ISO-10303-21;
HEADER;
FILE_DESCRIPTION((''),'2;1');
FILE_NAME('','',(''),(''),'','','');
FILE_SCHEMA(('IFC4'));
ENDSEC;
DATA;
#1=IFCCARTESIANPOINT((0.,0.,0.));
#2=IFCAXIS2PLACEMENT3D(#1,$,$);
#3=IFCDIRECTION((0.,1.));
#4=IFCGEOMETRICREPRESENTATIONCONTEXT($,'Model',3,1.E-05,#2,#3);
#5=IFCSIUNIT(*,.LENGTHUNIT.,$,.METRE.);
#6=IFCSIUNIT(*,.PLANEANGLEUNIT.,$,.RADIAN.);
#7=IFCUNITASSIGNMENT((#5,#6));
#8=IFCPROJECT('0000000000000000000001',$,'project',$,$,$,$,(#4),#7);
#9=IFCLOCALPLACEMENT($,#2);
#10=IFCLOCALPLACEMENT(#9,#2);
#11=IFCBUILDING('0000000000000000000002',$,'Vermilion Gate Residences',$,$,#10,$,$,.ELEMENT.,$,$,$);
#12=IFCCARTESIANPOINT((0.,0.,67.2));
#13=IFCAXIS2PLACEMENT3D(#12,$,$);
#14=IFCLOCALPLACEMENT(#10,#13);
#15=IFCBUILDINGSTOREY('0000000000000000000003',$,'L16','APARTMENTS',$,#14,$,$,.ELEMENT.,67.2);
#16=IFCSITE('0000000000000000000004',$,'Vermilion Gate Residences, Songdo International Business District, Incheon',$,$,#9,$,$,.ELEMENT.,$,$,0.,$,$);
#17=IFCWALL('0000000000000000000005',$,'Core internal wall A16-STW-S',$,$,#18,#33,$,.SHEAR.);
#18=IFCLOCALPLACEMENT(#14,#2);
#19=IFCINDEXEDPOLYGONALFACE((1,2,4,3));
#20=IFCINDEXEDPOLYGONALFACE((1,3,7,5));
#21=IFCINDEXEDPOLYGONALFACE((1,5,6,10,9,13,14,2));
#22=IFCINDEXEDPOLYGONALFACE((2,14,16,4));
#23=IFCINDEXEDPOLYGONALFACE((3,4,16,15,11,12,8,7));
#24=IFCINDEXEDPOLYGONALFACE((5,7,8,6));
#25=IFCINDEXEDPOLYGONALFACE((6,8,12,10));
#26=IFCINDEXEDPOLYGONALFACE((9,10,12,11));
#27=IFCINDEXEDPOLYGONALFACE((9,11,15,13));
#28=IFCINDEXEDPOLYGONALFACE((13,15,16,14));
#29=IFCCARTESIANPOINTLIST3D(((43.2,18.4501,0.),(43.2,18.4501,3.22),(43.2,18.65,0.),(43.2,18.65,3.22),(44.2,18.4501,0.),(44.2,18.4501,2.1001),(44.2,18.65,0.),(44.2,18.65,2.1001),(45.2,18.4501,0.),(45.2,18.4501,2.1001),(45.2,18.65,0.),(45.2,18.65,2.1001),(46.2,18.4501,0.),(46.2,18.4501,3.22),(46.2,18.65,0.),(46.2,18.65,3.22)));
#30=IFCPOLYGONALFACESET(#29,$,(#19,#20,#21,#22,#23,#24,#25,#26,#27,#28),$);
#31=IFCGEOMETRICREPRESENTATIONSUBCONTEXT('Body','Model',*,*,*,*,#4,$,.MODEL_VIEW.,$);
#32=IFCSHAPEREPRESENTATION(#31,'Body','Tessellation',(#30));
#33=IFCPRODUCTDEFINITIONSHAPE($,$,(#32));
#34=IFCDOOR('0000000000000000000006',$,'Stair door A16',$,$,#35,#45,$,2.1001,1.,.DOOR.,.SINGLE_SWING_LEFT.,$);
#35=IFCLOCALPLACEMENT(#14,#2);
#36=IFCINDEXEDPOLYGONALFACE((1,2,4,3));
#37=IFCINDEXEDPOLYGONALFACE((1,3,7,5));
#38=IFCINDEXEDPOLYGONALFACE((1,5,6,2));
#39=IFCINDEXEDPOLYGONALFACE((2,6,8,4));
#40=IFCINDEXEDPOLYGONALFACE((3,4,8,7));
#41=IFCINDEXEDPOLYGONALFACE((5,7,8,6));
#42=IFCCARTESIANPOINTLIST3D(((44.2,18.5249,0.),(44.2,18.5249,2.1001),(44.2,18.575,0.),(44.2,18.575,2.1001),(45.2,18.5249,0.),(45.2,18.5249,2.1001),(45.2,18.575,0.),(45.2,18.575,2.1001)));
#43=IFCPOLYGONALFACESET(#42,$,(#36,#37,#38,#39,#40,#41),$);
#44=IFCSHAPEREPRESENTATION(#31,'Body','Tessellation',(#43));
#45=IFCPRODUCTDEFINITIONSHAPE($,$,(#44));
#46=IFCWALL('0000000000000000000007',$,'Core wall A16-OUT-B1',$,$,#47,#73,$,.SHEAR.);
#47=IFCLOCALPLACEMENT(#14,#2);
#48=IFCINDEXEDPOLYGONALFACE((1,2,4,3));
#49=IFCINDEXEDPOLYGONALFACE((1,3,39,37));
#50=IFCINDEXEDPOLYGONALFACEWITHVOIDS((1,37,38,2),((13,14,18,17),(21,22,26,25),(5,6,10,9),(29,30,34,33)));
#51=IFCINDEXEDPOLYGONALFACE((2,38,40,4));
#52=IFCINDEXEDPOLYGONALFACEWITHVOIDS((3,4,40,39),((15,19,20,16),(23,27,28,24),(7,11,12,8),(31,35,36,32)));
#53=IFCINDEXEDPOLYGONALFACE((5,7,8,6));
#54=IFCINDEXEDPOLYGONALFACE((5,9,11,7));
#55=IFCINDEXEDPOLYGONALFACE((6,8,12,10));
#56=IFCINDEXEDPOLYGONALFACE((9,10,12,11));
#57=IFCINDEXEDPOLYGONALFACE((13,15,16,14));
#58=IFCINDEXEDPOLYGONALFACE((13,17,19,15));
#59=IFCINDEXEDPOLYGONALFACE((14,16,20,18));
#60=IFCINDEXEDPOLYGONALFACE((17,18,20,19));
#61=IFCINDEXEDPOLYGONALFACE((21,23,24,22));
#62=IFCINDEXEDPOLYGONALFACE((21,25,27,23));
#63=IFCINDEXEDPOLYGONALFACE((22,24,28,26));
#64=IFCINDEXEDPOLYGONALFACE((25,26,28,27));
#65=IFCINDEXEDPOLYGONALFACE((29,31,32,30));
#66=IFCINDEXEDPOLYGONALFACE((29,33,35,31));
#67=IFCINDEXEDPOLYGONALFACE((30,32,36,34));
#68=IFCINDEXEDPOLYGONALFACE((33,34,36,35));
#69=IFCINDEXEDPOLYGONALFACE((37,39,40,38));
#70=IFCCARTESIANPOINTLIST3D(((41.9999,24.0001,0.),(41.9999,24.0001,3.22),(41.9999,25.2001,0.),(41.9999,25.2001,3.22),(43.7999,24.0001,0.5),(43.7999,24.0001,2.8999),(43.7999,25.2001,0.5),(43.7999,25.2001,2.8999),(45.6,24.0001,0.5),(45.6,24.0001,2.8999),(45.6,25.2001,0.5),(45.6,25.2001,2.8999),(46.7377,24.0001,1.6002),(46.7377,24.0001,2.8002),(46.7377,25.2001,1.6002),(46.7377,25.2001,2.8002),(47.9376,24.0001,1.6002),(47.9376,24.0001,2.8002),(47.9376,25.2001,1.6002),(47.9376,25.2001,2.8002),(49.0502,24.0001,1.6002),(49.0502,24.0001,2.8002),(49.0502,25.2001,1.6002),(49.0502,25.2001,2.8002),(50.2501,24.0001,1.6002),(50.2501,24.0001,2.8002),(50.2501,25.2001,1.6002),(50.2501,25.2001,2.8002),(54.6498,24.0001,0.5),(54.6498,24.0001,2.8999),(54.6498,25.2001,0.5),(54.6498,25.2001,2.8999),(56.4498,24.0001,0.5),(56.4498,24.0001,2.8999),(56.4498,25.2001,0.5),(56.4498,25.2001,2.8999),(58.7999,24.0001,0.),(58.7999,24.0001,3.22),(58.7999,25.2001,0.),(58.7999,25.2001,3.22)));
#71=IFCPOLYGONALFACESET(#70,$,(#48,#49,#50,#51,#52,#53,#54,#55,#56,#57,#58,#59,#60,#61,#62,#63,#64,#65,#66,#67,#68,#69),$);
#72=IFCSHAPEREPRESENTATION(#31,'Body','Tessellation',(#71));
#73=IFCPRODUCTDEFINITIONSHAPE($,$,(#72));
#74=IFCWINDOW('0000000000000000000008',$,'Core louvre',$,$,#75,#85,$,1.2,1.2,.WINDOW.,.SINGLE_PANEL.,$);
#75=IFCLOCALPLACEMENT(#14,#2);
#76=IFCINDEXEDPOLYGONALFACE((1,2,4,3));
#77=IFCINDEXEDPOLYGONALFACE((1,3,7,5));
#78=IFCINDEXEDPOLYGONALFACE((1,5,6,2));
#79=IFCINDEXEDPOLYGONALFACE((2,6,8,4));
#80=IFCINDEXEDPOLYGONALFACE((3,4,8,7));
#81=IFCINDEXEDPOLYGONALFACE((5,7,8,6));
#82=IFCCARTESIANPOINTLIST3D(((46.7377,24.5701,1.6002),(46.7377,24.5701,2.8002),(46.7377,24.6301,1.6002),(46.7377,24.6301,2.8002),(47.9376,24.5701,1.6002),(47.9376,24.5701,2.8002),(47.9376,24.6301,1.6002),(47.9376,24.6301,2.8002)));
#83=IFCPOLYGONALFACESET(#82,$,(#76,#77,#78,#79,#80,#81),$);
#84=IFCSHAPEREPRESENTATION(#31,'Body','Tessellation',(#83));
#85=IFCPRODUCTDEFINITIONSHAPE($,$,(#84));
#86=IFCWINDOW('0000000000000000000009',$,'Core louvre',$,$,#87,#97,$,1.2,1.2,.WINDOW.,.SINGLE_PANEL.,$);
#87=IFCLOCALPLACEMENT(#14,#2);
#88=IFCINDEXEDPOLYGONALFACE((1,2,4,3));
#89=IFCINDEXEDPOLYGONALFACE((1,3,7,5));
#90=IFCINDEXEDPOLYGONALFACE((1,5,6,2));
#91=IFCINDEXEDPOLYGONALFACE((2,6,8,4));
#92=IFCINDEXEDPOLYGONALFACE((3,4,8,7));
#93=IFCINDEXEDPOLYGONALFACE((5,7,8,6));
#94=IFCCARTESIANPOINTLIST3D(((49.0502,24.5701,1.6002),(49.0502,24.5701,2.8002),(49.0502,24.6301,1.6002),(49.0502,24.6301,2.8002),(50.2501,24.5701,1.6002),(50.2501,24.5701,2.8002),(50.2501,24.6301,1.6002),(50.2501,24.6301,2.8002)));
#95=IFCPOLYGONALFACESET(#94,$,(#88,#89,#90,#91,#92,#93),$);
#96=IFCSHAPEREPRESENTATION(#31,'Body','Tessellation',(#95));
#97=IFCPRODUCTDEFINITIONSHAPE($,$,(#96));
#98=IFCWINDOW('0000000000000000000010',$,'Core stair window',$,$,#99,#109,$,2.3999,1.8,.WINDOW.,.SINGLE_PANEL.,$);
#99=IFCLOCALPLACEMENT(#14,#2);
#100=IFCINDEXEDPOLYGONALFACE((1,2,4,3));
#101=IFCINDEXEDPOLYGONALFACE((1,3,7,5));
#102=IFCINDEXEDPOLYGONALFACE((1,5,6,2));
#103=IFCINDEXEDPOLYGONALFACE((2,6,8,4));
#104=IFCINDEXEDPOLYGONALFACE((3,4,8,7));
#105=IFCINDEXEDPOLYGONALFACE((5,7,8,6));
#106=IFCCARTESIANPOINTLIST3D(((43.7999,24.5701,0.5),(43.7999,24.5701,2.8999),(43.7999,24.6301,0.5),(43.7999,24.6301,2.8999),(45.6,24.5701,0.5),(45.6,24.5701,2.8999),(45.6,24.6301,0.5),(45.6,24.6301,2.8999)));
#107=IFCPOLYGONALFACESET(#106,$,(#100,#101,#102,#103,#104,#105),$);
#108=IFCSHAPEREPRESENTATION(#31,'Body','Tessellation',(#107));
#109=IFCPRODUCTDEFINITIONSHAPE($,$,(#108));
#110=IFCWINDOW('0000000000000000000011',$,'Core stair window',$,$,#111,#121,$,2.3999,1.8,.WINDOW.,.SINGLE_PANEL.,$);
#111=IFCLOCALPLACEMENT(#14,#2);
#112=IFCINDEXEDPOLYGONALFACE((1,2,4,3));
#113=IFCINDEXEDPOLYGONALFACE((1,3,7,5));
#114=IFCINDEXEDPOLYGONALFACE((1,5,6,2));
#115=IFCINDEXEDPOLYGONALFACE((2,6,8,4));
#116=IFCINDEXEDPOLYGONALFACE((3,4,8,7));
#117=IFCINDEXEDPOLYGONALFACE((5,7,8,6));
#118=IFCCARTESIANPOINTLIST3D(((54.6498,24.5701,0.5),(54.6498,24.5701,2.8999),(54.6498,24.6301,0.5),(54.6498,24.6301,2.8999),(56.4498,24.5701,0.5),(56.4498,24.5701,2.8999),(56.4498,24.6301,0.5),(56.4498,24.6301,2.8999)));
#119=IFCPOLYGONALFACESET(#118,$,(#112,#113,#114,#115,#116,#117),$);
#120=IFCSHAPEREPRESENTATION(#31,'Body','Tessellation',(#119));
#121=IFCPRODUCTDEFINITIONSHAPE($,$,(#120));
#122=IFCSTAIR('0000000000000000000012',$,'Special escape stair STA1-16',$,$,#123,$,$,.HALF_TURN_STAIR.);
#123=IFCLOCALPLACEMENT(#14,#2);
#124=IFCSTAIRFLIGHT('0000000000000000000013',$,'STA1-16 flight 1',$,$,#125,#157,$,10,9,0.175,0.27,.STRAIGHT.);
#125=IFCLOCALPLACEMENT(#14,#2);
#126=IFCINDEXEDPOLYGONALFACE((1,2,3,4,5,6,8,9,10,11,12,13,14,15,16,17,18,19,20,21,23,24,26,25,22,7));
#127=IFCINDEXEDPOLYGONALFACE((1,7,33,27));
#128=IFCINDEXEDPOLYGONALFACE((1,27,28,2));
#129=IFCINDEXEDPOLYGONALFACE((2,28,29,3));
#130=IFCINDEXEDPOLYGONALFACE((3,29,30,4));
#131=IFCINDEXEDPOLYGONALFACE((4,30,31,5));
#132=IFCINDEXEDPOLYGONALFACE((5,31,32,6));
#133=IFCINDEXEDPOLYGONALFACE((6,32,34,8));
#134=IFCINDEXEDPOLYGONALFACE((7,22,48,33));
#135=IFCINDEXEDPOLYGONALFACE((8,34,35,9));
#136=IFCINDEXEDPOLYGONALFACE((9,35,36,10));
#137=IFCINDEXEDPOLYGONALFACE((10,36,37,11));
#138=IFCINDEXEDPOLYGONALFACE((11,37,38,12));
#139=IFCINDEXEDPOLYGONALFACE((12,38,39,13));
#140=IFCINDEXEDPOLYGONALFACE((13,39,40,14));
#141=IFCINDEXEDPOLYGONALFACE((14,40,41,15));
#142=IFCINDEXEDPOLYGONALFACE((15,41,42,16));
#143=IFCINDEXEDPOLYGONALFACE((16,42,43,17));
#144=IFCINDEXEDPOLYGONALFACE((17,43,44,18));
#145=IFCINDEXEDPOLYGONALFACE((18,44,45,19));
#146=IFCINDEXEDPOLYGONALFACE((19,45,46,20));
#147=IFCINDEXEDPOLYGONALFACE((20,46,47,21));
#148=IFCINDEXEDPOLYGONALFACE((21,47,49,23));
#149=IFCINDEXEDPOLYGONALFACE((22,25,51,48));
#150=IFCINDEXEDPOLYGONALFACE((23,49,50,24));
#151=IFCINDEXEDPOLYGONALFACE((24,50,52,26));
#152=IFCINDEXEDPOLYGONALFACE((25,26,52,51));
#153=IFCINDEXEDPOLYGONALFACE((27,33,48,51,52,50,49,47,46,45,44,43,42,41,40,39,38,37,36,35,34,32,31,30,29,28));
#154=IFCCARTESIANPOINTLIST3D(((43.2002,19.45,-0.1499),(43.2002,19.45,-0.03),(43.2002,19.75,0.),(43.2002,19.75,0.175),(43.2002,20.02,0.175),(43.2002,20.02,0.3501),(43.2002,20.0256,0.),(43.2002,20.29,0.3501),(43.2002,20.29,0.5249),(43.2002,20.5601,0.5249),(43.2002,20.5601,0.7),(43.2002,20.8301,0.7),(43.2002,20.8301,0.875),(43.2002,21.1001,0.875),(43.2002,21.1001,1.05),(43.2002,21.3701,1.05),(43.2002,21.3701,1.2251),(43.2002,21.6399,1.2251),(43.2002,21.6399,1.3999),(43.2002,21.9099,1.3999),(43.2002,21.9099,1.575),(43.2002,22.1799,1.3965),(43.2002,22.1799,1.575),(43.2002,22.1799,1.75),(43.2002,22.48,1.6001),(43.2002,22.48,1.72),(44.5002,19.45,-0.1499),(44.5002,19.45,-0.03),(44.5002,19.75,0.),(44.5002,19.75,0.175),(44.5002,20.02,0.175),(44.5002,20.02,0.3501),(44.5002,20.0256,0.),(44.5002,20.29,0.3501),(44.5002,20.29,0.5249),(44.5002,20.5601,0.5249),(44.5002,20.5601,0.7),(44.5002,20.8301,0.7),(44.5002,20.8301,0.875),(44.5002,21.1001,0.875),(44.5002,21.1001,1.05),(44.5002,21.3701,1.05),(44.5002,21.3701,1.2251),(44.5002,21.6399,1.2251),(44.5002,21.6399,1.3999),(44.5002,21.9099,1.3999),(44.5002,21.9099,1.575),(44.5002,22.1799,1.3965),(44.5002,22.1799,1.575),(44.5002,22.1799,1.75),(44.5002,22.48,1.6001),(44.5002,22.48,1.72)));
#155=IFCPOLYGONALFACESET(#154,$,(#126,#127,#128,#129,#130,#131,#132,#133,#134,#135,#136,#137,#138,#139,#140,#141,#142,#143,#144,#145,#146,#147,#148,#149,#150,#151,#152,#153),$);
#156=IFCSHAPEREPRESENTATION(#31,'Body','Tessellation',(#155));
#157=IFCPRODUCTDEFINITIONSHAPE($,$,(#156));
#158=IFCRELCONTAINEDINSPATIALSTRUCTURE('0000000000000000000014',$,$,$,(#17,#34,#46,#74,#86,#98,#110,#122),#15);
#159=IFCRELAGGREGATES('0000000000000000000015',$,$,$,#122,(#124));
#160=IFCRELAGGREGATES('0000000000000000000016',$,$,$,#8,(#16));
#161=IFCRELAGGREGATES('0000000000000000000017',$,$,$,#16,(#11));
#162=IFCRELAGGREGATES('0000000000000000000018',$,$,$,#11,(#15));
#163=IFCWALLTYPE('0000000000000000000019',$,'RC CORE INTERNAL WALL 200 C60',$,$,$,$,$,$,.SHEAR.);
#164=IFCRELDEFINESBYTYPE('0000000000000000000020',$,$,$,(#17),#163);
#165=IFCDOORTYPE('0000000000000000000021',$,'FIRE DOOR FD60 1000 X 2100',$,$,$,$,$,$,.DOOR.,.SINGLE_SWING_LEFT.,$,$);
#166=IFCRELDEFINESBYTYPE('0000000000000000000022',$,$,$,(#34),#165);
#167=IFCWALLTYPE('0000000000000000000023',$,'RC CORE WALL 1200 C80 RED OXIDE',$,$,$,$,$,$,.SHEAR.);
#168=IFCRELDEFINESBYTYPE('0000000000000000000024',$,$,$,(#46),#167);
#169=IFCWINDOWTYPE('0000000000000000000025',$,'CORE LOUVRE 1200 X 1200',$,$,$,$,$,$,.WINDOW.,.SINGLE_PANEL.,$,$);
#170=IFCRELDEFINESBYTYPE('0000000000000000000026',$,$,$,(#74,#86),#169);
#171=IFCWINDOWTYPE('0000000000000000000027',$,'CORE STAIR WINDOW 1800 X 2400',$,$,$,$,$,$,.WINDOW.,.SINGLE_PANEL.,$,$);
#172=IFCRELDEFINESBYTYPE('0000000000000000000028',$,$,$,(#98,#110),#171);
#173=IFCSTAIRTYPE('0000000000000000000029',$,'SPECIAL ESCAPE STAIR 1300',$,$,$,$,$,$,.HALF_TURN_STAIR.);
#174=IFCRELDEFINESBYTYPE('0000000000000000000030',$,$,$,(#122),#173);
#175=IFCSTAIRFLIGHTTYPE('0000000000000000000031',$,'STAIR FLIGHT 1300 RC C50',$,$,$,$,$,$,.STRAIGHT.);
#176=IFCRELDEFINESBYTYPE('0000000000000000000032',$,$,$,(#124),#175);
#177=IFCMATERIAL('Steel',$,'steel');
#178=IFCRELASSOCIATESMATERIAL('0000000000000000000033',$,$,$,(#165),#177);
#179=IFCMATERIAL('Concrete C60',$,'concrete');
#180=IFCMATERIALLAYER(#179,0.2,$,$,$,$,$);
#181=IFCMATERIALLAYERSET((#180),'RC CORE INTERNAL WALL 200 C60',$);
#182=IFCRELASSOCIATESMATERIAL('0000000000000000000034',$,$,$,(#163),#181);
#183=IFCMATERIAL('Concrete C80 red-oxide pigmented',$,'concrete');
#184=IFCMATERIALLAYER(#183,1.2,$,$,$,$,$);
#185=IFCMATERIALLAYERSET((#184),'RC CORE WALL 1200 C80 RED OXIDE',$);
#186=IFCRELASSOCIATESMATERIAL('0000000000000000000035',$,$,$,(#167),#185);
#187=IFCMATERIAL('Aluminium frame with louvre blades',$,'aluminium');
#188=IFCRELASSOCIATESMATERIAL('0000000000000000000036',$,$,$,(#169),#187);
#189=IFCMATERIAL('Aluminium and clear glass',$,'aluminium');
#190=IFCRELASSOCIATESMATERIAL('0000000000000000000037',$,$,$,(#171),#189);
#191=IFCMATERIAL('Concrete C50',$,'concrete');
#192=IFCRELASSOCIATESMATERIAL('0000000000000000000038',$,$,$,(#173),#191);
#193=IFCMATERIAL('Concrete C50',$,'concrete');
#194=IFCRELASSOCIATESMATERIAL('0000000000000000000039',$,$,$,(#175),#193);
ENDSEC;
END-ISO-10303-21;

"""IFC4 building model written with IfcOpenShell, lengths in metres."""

from ifc_helpers import new_model, si_unit, direction, frame, frame_2d, origin, place, context, subcontext, project, spatial, polyline, rectangle, outline, extrude, material, layer, layer_set, type_object, element, fill, aggregate, save


model = new_model("IFC4")

# Units and contexts
model_context = context("Model", 3, precision=1e-05, world=origin(), true_north=direction((0.0, 1.0)))
body_context = subcontext(model_context, "Body", "Model", "MODEL_VIEW")
ifc_project = project(units=[si_unit("LENGTHUNIT", "METRE"), si_unit("PLANEANGLEUNIT", "RADIAN")], contexts=[model_context])

# Site, building, storey
site_placement = place(None, origin())
site = spatial("IfcSite", under=ifc_project, at=site_placement, Name="Vermilion Gate Residences, Songdo International Business District, Incheon", CompositionType="ELEMENT", RefElevation=0.0)
building_placement = place(site_placement, origin())
building = spatial("IfcBuilding", under=site, at=building_placement, Name="Vermilion Gate Residences", CompositionType="ELEMENT")
storey_placement = place(building_placement, frame((0.0, 0.0, 67.2)))
storey = spatial("IfcBuildingStorey", under=building, at=storey_placement, Name="L16", Description="APARTMENTS", CompositionType="ELEMENT", Elevation=67.2)

# Shared definitions
ifc_material_1 = material(Name="Steel", Category="steel")
door_type_1 = type_object("IfcDoorType", Name="FIRE DOOR FD60 1000 X 2100", OperationType="SINGLE_SWING_LEFT", PredefinedType="DOOR", material=ifc_material_1)

# Wall, opening, door
ifc_material_2 = material(Name="Concrete C60", Category="concrete")
ifc_layer_1 = layer(ifc_material_2, 0.2)
ifc_layer_set_1 = layer_set([ifc_layer_1], Name="RC CORE INTERNAL WALL 200 C60")
wall_type_1 = type_object("IfcWallType", Name="RC CORE INTERNAL WALL 200 C60", PredefinedType="SHEAR", material=ifc_layer_set_1)
wall_1_placement = place(storey_placement, frame((43.2, 18.55, 0.0), z_axis=(0.0, 0.0, 1.0), x_axis=(1.0, 0.0, 0.0)))
wall_1 = element("IfcWall", 1, at=wall_1_placement, inside=storey, type_object=wall_type_1, Name="Core internal wall A16-STW-S", PredefinedType="SHEAR", context=body_context, shape_type="SweptSolid", body=[
    extrude(rectangle(XDim=3.0, YDim=0.2, at=frame_2d((1.5, 0.0))), origin(), (0.0, 0.0, 1.0), 3.22),
])
opening_1_placement = place(wall_1_placement, frame((1.0, 0.0, 0.0)))
opening_1 = element("IfcOpeningElement", 2, at=opening_1_placement, cuts=wall_1, PredefinedType="OPENING", context=body_context, shape_type="SweptSolid", body=[
    extrude(rectangle(XDim=1.0, YDim=2.1001, at=frame_2d((0.5, 1.05))), frame((0.0, 0.1099, 0.0), z_axis=(0.0, -1.0, 0.0), x_axis=(1.0, 0.0, 0.0)), (0.0, 0.0, 1.0), 0.22),
])
door_1_placement = place(opening_1_placement, origin())
door_1 = element("IfcDoor", 3, at=door_1_placement, inside=storey, type_object=door_type_1, Name="Stair door A16", OperationType="SINGLE_SWING_LEFT", OverallHeight=2.1001, OverallWidth=1.0, PredefinedType="DOOR", context=body_context, shape_type="SweptSolid", body=[
    extrude(rectangle(XDim=1.0, YDim=2.1001, at=frame_2d((0.5, 1.05))), frame((0.0, 0.0249, 0.0), z_axis=(0.0, -1.0, 0.0), x_axis=(1.0, 0.0, 0.0)), (0.0, 0.0, 1.0), 0.05),
])
fill(opening_1, door_1)

# Wall, openings, windows
ifc_material_3 = material(Name="Concrete C80 red-oxide pigmented", Category="concrete")
ifc_layer_2 = layer(ifc_material_3, 1.2)
ifc_layer_set_2 = layer_set([ifc_layer_2], Name="RC CORE WALL 1200 C80 RED OXIDE")
wall_type_2 = type_object("IfcWallType", Name="RC CORE WALL 1200 C80 RED OXIDE", PredefinedType="SHEAR", material=ifc_layer_set_2)
wall_2_placement = place(storey_placement, frame((42.0, 24.6001, 0.0), z_axis=(0.0, 0.0, 1.0), x_axis=(1.0, 0.0, 0.0)))
wall_2 = element("IfcWall", 4, at=wall_2_placement, inside=storey, type_object=wall_type_2, Name="Core wall A16-OUT-B1", PredefinedType="SHEAR", context=body_context, shape_type="SweptSolid", body=[
    extrude(rectangle(XDim=16.8, YDim=1.2, at=frame_2d((8.3999, 0.0))), origin(), (0.0, 0.0, 1.0), 3.22),
])
opening_2_placement = place(wall_2_placement, frame((1.8, 0.0, 0.5)))
opening_2 = element("IfcOpeningElement", 5, at=opening_2_placement, cuts=wall_2, PredefinedType="OPENING", context=body_context, shape_type="SweptSolid", body=[
    extrude(rectangle(XDim=1.8, YDim=2.3999, at=frame_2d((0.8999, 1.2))), frame((0.0, 0.6099, 0.0), z_axis=(0.0, -1.0, 0.0), x_axis=(1.0, 0.0, 0.0)), (0.0, 0.0, 1.0), 1.22),
])
opening_3_placement = place(wall_2_placement, frame((4.7375, 0.0, 1.6001)))
opening_3 = element("IfcOpeningElement", 6, at=opening_3_placement, cuts=wall_2, PredefinedType="OPENING", context=body_context, shape_type="SweptSolid", body=[
    extrude(rectangle(XDim=1.2, YDim=1.2, at=frame_2d((0.6001, 0.6001))), frame((0.0, 0.6099, 0.0), z_axis=(0.0, -1.0, 0.0), x_axis=(1.0, 0.0, 0.0)), (0.0, 0.0, 1.0), 1.22),
])
opening_4_placement = place(wall_2_placement, frame((7.05, 0.0, 1.6001)))
opening_4 = element("IfcOpeningElement", 7, at=opening_4_placement, cuts=wall_2, PredefinedType="OPENING", context=body_context, shape_type="SweptSolid", body=[
    extrude(rectangle(XDim=1.2, YDim=1.2, at=frame_2d((0.6001, 0.6001))), frame((0.0, 0.6099, 0.0), z_axis=(0.0, -1.0, 0.0), x_axis=(1.0, 0.0, 0.0)), (0.0, 0.0, 1.0), 1.22),
])
opening_5_placement = place(wall_2_placement, frame((12.6499, 0.0, 0.5)))
opening_5 = element("IfcOpeningElement", 8, at=opening_5_placement, cuts=wall_2, PredefinedType="OPENING", context=body_context, shape_type="SweptSolid", body=[
    extrude(rectangle(XDim=1.8, YDim=2.3999, at=frame_2d((0.8999, 1.2))), frame((0.0, 0.6099, 0.0), z_axis=(0.0, -1.0, 0.0), x_axis=(1.0, 0.0, 0.0)), (0.0, 0.0, 1.0), 1.22),
])
ifc_material_4 = material(Name="Aluminium frame with louvre blades", Category="aluminium")
window_type_1 = type_object("IfcWindowType", Name="CORE LOUVRE 1200 X 1200", PartitioningType="SINGLE_PANEL", PredefinedType="WINDOW", material=ifc_material_4)
window_1_placement = place(opening_3_placement, origin())
window_1 = element("IfcWindow", 9, at=window_1_placement, inside=storey, type_object=window_type_1, Name="Core louvre", OverallHeight=1.2, OverallWidth=1.2, PartitioningType="SINGLE_PANEL", PredefinedType="WINDOW", context=body_context, shape_type="SweptSolid", body=[
    extrude(rectangle(XDim=1.2, YDim=1.2, at=frame_2d((0.6001, 0.6001))), frame((0.0, 0.03, 0.0), z_axis=(0.0, -1.0, 0.0), x_axis=(1.0, 0.0, 0.0)), (0.0, 0.0, 1.0), 0.0601),
])
fill(opening_3, window_1)
window_2_placement = place(opening_4_placement, origin())
window_2 = element("IfcWindow", 10, at=window_2_placement, inside=storey, type_object=window_type_1, Name="Core louvre", OverallHeight=1.2, OverallWidth=1.2, PartitioningType="SINGLE_PANEL", PredefinedType="WINDOW", context=body_context, shape_type="SweptSolid", body=[
    extrude(rectangle(XDim=1.2, YDim=1.2, at=frame_2d((0.6001, 0.6001))), frame((0.0, 0.03, 0.0), z_axis=(0.0, -1.0, 0.0), x_axis=(1.0, 0.0, 0.0)), (0.0, 0.0, 1.0), 0.0601),
])
fill(opening_4, window_2)
ifc_material_5 = material(Name="Aluminium and clear glass", Category="aluminium")
window_type_2 = type_object("IfcWindowType", Name="CORE STAIR WINDOW 1800 X 2400", PartitioningType="SINGLE_PANEL", PredefinedType="WINDOW", material=ifc_material_5)
window_3_placement = place(opening_2_placement, origin())
window_3 = element("IfcWindow", 11, at=window_3_placement, inside=storey, type_object=window_type_2, Name="Core stair window", OverallHeight=2.3999, OverallWidth=1.8, PartitioningType="SINGLE_PANEL", PredefinedType="WINDOW", context=body_context, shape_type="SweptSolid", body=[
    extrude(rectangle(XDim=1.8, YDim=2.3999, at=frame_2d((0.8999, 1.2))), frame((0.0, 0.03, 0.0), z_axis=(0.0, -1.0, 0.0), x_axis=(1.0, 0.0, 0.0)), (0.0, 0.0, 1.0), 0.0601),
])
fill(opening_2, window_3)
window_4_placement = place(opening_5_placement, origin())
window_4 = element("IfcWindow", 12, at=window_4_placement, inside=storey, type_object=window_type_2, Name="Core stair window", OverallHeight=2.3999, OverallWidth=1.8, PartitioningType="SINGLE_PANEL", PredefinedType="WINDOW", context=body_context, shape_type="SweptSolid", body=[
    extrude(rectangle(XDim=1.8, YDim=2.3999, at=frame_2d((0.8999, 1.2))), frame((0.0, 0.03, 0.0), z_axis=(0.0, -1.0, 0.0), x_axis=(1.0, 0.0, 0.0)), (0.0, 0.0, 1.0), 0.0601),
])
fill(opening_5, window_4)

# Stair, stair flight
ifc_material_6 = material(Name="Concrete C50", Category="concrete")
stair_type = type_object("IfcStairType", Name="SPECIAL ESCAPE STAIR 1300", PredefinedType="HALF_TURN_STAIR", material=ifc_material_6)
stair_placement = place(storey_placement, origin())
stair = element("IfcStair", 13, at=stair_placement, inside=storey, type_object=stair_type, Name="Special escape stair STA1-16", PredefinedType="HALF_TURN_STAIR")
ifc_material_7 = material(Name="Concrete C50", Category="concrete")
stair_flight_type = type_object("IfcStairFlightType", Name="STAIR FLIGHT 1300 RC C50", PredefinedType="STRAIGHT", material=ifc_material_7)
stair_flight_placement = place(storey_placement, frame((43.8501, 19.75, 0.0), z_axis=(0.0, 0.0, 1.0), x_axis=(0.0, 1.0, 0.0)))
stair_flight = element("IfcStairFlight", 14, at=stair_flight_placement, type_object=stair_flight_type, Name="STA1-16 flight 1", NumberOfRisers=10, NumberOfTreads=9, PredefinedType="STRAIGHT", RiserHeight=0.175, TreadLength=0.27, context=body_context, shape_type="SweptSolid", body=[
    extrude(outline(polyline([(-0.3, -0.1499), (-0.3, -0.03), (0.0, 0.0), (0.0, 0.175), (0.27, 0.175), (0.27, 0.3501), (0.54, 0.3501), (0.54, 0.5249), (0.8101, 0.5249), (0.8101, 0.7), (1.0801, 0.7), (1.0801, 0.875), (1.3501, 0.875), (1.3501, 1.05), (1.6201, 1.05), (1.6201, 1.2251), (1.8899, 1.2251), (1.8899, 1.3999), (2.1599, 1.3999), (2.1599, 1.575), (2.4299, 1.575), (2.4299, 1.75), (2.73, 1.72), (2.73, 1.6001), (2.4299, 1.3965), (0.2756, 0.0), (-0.3, -0.1499)])), frame((0.0, 0.6499, 0.0), z_axis=(0.0, -1.0, 0.0), x_axis=(1.0, 0.0, 0.0)), (0.0, 0.0, 1.0), 1.3),
])
aggregate(stair, [stair_flight])

save(model, "model.ifc")
